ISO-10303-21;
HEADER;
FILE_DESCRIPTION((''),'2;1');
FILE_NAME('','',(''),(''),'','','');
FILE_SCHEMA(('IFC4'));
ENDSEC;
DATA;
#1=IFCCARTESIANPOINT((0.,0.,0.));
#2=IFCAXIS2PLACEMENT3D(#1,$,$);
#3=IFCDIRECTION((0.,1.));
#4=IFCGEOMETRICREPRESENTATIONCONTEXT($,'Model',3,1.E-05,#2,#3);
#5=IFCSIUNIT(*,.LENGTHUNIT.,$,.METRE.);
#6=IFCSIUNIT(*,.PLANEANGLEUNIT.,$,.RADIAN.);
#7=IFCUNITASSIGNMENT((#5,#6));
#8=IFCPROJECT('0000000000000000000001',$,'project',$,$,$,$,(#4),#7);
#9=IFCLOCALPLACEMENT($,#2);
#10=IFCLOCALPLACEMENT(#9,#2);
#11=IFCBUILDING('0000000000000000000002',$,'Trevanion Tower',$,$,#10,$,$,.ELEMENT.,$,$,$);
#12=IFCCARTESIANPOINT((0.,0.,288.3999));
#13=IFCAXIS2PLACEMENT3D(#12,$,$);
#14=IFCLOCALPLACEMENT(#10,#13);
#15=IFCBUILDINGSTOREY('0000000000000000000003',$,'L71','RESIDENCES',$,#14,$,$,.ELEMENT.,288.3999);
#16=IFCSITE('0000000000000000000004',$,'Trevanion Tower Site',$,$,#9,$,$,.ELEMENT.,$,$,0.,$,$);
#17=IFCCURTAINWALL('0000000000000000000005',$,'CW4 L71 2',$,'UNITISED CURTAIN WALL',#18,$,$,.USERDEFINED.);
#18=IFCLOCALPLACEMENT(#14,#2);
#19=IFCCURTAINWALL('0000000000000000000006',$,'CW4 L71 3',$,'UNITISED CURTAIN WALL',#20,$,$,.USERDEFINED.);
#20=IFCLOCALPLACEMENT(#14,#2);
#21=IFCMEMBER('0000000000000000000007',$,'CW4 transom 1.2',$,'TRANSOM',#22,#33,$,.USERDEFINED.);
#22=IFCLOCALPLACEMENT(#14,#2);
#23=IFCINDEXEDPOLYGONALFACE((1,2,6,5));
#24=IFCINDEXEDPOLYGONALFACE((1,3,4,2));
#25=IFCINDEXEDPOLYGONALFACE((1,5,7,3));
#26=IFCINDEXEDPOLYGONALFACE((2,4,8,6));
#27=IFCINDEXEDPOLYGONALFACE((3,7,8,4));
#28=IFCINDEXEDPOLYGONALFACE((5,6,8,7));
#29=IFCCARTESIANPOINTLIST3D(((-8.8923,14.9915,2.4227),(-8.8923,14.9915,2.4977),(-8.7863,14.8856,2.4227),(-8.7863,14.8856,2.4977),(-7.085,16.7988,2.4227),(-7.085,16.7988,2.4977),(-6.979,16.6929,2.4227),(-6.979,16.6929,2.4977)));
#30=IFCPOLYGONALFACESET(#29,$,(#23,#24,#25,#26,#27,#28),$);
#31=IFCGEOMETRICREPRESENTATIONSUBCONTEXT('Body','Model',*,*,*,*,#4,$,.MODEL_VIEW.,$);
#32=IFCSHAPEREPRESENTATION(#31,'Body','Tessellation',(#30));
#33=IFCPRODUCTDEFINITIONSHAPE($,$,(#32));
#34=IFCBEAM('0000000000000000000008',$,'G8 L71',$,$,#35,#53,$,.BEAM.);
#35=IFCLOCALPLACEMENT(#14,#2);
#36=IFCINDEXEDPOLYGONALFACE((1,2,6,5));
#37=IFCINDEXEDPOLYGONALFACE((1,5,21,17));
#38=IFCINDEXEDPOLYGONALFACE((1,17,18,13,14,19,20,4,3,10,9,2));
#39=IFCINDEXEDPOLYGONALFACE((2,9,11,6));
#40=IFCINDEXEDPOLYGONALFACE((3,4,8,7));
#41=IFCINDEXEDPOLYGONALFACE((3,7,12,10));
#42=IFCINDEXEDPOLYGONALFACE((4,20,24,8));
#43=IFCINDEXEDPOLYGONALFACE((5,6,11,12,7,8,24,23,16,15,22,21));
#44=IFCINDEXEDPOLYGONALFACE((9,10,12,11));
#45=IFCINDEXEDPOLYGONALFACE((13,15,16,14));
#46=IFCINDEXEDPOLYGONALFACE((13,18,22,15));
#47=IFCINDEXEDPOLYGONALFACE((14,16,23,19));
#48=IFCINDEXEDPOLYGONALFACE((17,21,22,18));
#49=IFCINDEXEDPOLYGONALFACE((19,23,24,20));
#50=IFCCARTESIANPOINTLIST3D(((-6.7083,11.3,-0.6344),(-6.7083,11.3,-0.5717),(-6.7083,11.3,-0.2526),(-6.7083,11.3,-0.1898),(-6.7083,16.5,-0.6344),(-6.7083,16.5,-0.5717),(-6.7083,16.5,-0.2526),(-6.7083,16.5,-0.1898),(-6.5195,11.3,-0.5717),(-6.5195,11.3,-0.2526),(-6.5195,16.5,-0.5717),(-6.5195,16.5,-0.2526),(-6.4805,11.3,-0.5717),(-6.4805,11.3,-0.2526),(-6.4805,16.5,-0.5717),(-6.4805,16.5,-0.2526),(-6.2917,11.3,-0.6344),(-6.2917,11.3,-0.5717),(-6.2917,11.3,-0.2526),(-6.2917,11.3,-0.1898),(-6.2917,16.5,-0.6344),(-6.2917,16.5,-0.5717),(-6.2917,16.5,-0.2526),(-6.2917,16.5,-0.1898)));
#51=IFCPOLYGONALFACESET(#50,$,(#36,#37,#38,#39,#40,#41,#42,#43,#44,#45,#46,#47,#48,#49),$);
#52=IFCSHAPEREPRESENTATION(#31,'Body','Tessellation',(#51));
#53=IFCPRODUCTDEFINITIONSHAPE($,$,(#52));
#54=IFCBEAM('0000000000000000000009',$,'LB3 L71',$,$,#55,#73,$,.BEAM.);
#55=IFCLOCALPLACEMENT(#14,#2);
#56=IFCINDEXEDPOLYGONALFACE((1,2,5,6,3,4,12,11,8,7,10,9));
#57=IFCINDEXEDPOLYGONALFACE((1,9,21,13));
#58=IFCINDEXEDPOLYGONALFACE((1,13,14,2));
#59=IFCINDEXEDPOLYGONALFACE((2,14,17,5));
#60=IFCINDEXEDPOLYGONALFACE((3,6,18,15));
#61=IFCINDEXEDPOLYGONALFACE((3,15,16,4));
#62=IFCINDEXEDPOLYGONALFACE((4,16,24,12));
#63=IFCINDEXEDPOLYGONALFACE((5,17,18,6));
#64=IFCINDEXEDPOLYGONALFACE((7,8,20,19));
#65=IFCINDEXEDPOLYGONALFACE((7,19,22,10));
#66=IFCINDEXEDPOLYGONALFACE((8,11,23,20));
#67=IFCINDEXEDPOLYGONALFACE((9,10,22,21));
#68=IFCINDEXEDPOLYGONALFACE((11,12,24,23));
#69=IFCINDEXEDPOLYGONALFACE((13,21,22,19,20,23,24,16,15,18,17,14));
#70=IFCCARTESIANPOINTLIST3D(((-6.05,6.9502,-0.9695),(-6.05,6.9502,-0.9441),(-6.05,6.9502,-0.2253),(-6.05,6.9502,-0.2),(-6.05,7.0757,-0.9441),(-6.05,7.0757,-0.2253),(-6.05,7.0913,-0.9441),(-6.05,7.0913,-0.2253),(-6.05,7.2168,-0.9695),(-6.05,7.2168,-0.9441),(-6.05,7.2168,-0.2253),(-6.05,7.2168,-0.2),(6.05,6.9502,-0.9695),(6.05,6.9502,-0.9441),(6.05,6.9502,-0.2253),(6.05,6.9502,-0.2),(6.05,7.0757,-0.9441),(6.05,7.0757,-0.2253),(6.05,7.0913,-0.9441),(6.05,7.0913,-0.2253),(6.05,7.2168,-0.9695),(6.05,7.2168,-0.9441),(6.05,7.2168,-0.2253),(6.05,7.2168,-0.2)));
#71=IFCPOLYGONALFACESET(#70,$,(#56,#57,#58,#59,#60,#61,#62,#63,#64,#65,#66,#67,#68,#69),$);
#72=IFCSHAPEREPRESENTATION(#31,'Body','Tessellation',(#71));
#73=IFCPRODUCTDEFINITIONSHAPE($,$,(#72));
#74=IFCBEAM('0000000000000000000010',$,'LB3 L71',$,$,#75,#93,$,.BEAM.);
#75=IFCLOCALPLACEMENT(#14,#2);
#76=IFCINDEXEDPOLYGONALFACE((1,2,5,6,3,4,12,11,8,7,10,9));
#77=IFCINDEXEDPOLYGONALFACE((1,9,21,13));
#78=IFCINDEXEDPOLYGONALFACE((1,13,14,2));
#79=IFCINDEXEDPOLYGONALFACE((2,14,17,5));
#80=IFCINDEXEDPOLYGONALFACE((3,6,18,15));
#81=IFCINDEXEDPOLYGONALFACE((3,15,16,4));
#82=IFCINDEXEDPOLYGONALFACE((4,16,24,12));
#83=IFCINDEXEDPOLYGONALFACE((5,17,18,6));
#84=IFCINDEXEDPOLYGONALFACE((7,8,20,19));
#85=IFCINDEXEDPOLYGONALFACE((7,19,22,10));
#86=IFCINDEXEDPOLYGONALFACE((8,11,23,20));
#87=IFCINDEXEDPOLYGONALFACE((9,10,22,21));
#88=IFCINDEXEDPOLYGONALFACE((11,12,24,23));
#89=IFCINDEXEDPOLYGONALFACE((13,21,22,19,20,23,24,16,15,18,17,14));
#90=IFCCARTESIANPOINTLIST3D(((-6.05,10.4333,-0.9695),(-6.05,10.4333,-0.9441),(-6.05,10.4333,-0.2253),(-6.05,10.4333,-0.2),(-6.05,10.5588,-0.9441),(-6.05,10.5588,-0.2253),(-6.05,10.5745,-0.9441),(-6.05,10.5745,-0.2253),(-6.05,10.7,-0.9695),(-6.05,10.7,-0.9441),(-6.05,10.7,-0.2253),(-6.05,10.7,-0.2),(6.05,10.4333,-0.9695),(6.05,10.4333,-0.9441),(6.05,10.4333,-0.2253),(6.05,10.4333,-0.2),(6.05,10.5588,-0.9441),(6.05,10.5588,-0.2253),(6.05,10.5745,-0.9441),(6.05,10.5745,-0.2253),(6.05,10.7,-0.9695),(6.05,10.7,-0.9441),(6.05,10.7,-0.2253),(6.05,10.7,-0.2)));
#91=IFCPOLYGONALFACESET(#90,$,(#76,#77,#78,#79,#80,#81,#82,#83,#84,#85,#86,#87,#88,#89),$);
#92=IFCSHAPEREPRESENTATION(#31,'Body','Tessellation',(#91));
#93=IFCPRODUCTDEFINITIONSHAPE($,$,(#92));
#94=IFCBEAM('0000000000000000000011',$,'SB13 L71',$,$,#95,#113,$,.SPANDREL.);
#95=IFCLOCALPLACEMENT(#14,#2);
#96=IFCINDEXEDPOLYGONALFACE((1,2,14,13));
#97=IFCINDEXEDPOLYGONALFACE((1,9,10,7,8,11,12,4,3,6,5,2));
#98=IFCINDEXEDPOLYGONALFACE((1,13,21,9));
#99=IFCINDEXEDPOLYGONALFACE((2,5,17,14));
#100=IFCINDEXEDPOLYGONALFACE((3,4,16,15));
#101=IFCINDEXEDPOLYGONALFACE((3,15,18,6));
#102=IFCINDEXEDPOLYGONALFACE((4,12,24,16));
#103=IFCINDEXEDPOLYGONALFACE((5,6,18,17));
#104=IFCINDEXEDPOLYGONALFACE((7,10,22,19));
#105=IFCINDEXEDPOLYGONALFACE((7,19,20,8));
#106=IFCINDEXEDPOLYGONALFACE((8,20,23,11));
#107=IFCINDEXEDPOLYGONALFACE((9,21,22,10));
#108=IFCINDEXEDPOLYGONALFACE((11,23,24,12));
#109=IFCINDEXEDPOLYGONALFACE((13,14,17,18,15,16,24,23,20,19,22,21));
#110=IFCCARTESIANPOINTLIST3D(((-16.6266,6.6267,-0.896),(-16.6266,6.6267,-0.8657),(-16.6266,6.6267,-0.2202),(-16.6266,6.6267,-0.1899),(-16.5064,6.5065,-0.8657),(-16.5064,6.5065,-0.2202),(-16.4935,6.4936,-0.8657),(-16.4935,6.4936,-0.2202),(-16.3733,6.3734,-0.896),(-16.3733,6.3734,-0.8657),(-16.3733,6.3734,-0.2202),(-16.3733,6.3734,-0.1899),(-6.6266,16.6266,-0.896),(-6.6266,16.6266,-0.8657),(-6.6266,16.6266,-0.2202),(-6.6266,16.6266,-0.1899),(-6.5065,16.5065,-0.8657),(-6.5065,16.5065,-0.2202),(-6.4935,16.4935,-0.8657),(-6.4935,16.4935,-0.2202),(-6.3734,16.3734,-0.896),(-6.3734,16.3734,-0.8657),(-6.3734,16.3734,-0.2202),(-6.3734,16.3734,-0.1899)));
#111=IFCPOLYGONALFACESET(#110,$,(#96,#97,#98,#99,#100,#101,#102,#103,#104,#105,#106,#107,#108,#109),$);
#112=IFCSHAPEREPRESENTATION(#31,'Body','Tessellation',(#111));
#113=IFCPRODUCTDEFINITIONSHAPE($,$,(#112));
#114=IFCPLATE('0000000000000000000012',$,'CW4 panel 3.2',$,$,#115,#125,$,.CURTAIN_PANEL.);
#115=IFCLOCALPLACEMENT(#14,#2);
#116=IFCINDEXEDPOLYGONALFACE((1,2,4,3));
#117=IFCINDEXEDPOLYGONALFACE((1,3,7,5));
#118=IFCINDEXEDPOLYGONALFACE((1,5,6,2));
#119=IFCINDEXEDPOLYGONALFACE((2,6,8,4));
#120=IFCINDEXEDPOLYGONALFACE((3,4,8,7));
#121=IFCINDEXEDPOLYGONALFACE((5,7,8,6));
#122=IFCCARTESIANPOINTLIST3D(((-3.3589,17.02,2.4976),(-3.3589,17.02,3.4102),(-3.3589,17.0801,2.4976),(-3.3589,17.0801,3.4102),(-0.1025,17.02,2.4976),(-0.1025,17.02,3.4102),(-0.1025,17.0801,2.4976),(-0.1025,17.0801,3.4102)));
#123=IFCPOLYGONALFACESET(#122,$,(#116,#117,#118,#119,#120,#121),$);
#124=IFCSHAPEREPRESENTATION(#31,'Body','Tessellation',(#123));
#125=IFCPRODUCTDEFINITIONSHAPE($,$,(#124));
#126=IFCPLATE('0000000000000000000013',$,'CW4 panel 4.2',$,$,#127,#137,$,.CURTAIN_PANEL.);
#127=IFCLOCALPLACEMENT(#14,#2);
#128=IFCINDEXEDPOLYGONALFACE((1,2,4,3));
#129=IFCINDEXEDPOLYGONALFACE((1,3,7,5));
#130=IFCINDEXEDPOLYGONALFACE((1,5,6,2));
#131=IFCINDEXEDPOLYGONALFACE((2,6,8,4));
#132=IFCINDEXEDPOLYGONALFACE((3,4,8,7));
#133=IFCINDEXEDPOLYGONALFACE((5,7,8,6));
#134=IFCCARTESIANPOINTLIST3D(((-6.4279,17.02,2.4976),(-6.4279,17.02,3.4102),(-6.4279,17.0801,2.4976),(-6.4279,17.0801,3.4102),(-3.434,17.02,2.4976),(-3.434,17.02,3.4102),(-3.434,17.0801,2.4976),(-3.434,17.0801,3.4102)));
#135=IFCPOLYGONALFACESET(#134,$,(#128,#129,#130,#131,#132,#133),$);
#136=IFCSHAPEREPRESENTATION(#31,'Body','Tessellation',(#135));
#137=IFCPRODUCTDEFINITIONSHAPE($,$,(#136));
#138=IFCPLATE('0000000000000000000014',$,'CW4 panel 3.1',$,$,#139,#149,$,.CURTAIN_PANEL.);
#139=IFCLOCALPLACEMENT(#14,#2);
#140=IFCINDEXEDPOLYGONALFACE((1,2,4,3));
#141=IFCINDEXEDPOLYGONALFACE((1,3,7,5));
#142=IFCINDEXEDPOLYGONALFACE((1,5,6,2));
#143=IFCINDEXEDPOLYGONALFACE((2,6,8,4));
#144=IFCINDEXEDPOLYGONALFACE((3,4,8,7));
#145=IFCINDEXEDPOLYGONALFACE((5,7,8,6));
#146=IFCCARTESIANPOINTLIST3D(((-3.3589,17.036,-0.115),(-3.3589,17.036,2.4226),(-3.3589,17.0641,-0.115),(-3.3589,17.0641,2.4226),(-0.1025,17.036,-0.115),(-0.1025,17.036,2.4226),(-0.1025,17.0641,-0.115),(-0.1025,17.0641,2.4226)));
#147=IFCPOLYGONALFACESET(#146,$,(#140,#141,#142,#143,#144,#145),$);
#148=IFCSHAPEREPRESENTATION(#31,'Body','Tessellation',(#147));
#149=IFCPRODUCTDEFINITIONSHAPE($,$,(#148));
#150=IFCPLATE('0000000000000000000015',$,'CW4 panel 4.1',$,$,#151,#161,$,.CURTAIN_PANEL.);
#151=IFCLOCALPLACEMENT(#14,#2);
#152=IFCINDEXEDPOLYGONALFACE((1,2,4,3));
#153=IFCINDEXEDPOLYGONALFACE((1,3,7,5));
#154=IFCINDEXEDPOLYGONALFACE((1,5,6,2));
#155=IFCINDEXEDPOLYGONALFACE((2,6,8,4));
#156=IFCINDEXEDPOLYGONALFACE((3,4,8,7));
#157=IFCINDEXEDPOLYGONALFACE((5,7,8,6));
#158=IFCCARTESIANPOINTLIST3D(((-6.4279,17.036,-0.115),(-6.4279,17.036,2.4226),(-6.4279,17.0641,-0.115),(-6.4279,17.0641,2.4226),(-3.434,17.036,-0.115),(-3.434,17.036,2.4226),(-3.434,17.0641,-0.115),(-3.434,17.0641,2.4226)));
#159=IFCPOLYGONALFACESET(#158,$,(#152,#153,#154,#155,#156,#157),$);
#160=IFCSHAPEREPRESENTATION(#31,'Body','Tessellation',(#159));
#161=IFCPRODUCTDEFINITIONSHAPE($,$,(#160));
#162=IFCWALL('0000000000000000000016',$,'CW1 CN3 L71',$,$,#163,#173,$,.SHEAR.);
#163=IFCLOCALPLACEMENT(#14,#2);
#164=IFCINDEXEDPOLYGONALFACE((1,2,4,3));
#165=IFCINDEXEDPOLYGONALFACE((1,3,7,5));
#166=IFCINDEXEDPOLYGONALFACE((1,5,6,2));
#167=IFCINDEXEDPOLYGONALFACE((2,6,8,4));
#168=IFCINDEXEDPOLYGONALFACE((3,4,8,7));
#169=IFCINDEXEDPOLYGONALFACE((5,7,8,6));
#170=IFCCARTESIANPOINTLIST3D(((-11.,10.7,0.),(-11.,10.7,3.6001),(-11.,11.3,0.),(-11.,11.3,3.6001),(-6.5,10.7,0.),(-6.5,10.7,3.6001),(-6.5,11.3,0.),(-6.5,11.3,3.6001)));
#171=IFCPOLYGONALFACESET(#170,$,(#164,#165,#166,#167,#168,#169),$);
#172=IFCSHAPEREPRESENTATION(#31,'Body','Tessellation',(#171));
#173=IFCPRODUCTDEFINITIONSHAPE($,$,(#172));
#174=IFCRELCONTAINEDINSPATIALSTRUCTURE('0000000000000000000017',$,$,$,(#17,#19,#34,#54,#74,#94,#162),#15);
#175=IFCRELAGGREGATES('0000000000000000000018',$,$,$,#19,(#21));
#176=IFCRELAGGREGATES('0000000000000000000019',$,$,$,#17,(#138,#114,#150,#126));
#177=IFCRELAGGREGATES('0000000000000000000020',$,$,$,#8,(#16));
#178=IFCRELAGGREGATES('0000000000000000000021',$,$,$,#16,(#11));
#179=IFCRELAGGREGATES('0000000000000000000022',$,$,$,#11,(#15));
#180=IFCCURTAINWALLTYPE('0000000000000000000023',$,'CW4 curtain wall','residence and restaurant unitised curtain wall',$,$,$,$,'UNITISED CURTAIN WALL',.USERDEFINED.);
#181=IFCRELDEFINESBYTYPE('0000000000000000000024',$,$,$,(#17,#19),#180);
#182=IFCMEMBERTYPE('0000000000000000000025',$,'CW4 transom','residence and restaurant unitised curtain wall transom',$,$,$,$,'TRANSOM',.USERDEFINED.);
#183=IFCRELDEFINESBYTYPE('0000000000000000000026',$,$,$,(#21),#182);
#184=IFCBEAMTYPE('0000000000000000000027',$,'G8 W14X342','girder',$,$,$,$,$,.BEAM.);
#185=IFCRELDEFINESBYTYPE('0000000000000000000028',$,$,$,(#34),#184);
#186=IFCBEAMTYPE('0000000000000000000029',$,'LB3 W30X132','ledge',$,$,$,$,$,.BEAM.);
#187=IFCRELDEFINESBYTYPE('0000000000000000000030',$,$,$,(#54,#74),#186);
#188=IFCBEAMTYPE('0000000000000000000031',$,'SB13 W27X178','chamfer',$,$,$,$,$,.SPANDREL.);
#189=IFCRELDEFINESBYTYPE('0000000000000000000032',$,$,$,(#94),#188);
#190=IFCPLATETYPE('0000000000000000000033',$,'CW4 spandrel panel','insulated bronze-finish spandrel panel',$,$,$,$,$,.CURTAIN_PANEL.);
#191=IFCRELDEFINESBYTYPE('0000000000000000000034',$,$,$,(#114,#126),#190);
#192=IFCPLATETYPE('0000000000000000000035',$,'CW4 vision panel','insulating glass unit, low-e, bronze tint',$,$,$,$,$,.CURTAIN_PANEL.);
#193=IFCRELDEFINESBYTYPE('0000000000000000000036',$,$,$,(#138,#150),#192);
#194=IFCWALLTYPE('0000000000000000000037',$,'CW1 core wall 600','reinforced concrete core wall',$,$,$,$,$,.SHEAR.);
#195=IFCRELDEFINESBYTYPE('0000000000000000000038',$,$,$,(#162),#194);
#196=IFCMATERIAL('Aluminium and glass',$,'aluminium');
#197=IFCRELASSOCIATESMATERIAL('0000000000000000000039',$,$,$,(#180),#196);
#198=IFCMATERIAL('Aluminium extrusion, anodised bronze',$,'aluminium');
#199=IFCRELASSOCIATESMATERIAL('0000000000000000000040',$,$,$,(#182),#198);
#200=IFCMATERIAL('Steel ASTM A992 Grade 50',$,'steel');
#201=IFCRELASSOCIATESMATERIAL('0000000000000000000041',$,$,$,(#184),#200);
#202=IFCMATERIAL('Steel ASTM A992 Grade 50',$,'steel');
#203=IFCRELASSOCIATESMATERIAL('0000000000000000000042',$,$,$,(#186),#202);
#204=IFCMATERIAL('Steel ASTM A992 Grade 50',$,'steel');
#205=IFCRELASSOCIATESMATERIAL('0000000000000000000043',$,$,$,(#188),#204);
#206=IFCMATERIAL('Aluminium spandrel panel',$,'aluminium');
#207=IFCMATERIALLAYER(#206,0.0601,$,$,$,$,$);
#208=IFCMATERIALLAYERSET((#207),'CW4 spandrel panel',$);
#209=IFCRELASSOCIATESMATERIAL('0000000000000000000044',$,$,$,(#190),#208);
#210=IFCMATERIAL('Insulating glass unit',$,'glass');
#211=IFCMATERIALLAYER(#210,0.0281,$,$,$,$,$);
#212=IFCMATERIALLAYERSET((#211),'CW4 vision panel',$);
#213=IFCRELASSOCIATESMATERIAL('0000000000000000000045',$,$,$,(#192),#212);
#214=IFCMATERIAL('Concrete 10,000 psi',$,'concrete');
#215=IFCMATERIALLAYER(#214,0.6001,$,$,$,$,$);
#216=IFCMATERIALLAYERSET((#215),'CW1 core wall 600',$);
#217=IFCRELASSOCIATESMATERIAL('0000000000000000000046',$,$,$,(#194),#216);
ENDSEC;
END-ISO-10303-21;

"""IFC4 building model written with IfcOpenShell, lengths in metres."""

from ifc_helpers import new_model, si_unit, direction, frame, frame_2d, origin, origin_2d, place, context, subcontext, project, spatial, rectangle, i_section, extrude, material, layer, layer_set, material_profile, profile_set, type_object, element, aggregate, save


model = new_model("IFC4")

# Units and contexts
model_context = context("Model", 3, precision=1e-05, world=origin(), true_north=direction((0.0, 1.0)))
body_context = subcontext(model_context, "Body", "Model", "MODEL_VIEW")
ifc_project = project(units=[si_unit("LENGTHUNIT", "METRE"), si_unit("PLANEANGLEUNIT", "RADIAN")], contexts=[model_context])

# Site, building, storey
site_placement = place(None, origin())
site = spatial("IfcSite", under=ifc_project, at=site_placement, Name="Trevanion Tower Site", CompositionType="ELEMENT", RefElevation=0.0)
building_placement = place(site_placement, origin())
building = spatial("IfcBuilding", under=site, at=building_placement, Name="Trevanion Tower", CompositionType="ELEMENT")
storey_placement = place(building_placement, frame((0.0, 0.0, 288.3999)))
storey = spatial("IfcBuildingStorey", under=building, at=storey_placement, Name="L71", Description="RESIDENCES", CompositionType="ELEMENT", Elevation=288.3999)

# Curtain wall
ifc_material_1 = material(Name="Aluminium and glass", Category="aluminium")
curtain_wall_type = type_object("IfcCurtainWallType", Name="CW4 curtain wall", Description="residence and restaurant unitised curtain wall", ElementType="UNITISED CURTAIN WALL", PredefinedType="USERDEFINED", material=ifc_material_1)
curtain_wall_1_placement = place(storey_placement, origin())
curtain_wall_1 = element("IfcCurtainWall", 1, at=curtain_wall_1_placement, inside=storey, type_object=curtain_wall_type, Name="CW4 L71 2", ObjectType="UNITISED CURTAIN WALL", PredefinedType="USERDEFINED")

# Curtain wall
curtain_wall_2_placement = place(storey_placement, origin())
curtain_wall_2 = element("IfcCurtainWall", 2, at=curtain_wall_2_placement, inside=storey, type_object=curtain_wall_type, Name="CW4 L71 3", ObjectType="UNITISED CURTAIN WALL", PredefinedType="USERDEFINED")

# Member
ifc_material_2 = material(Name="Aluminium extrusion, anodised bronze", Category="aluminium")
ifc_material_profile_1 = material_profile(ifc_material_2, rectangle(XDim=0.1499, YDim=0.075, at=origin_2d()), Name="CW4 transom")
ifc_profile_set_1 = profile_set([ifc_material_profile_1], Name="Aluminium extrusion, anodised bronze")
member_type_1 = type_object("IfcMemberType", Name="CW4 transom", Description="residence and restaurant unitised curtain wall transom", ElementType="TRANSOM", PredefinedType="USERDEFINED", material=ifc_profile_set_1)
member_1_placement = place(storey_placement, frame((-7.032, 16.7458, 2.4602), z_axis=(-0.707107, -0.707107, 0.0), x_axis=(0.707107, -0.707107, 0.0)))
member_1 = element("IfcMember", 3, at=member_1_placement, type_object=member_type_1, Name="CW4 transom 1.2", ObjectType="TRANSOM", PredefinedType="USERDEFINED", context=body_context, shape_type="SweptSolid", body=[
    extrude(rectangle(XDim=0.1499, YDim=0.075, at=origin_2d()), origin(), (0.0, 0.0, 1.0), 2.5559),
])
aggregate(curtain_wall_2, [member_1])

# Beams
ifc_material_3 = material(Name="Steel ASTM A992 Grade 50", Category="steel")
ifc_material_profile_2 = material_profile(ifc_material_3, i_section(OverallWidth=0.4165, OverallDepth=0.4446, WebThickness=0.0391, FlangeThickness=0.0627, at=origin_2d()), Name="W14X342")
ifc_profile_set_2 = profile_set([ifc_material_profile_2], Name="Steel ASTM A992 Grade 50")
beam_type_1 = type_object("IfcBeamType", Name="G8 W14X342", Description="girder", PredefinedType="BEAM", material=ifc_profile_set_2)
beam_1_placement = place(storey_placement, frame((-6.5, 11.3, -0.4121), z_axis=(0.0, 1.0, 0.0), x_axis=(-1.0, 0.0, 0.0)))
element("IfcBeam", 4, at=beam_1_placement, inside=storey, type_object=beam_type_1, Name="G8 L71", PredefinedType="BEAM", context=body_context, shape_type="SweptSolid", body=[
    extrude(i_section(OverallWidth=0.4165, OverallDepth=0.4446, WebThickness=0.0391, FlangeThickness=0.0627, at=origin_2d()), origin(), (0.0, 0.0, 1.0), 5.2),
])
ifc_material_4 = material(Name="Steel ASTM A992 Grade 50", Category="steel")
ifc_material_profile_3 = material_profile(ifc_material_4, i_section(OverallWidth=0.2666, OverallDepth=0.7695, WebThickness=0.0156, FlangeThickness=0.0254, at=origin_2d()), Name="W30X132")
ifc_profile_set_3 = profile_set([ifc_material_profile_3], Name="Steel ASTM A992 Grade 50")
beam_type_2 = type_object("IfcBeamType", Name="LB3 W30X132", Description="ledge", PredefinedType="BEAM", material=ifc_profile_set_3)
for number, where, z_axis, x_axis, name in (
    (5, (-6.05, 7.0835, -0.5847), (1.0, 0.0, 0.0), (0.0, 1.0, 0.0), "LB3 L71"),
    (6, (-6.05, 10.5667, -0.5847), (1.0, 0.0, 0.0), (0.0, 1.0, 0.0), "LB3 L71"),
):
    element("IfcBeam", number, at=place(storey_placement, frame(where, z_axis=z_axis, x_axis=x_axis)), inside=storey, type_object=beam_type_2, Name=name, PredefinedType="BEAM", context=body_context, shape_type="SweptSolid", body=[
        extrude(i_section(OverallWidth=0.2666, OverallDepth=0.7695, WebThickness=0.0156, FlangeThickness=0.0254, at=origin_2d()), origin(), (0.0, 0.0, 1.0), 12.1001),
    ])
ifc_material_5 = material(Name="Steel ASTM A992 Grade 50", Category="steel")
ifc_material_profile_4 = material_profile(ifc_material_5, i_section(OverallWidth=0.3582, OverallDepth=0.7061, WebThickness=0.0183, FlangeThickness=0.0303, at=origin_2d()), Name="W27X178")
ifc_profile_set_4 = profile_set([ifc_material_profile_4], Name="Steel ASTM A992 Grade 50")
beam_type_3 = type_object("IfcBeamType", Name="SB13 W27X178", Description="chamfer", PredefinedType="SPANDREL", material=ifc_profile_set_4)
beam_2_placement = place(storey_placement, frame((-6.5, 16.5, -0.543), z_axis=(-0.707107, -0.707107, 0.0), x_axis=(0.707107, -0.707107, 0.0)))
element("IfcBeam", 7, at=beam_2_placement, inside=storey, type_object=beam_type_3, Name="SB13 L71", PredefinedType="SPANDREL", context=body_context, shape_type="SweptSolid", body=[
    extrude(i_section(OverallWidth=0.3582, OverallDepth=0.7061, WebThickness=0.0183, FlangeThickness=0.0303, at=origin_2d()), origin(), (0.0, 0.0, 1.0), 14.1421),
])

# Plates
ifc_material_6 = material(Name="Aluminium spandrel panel", Category="aluminium")
ifc_layer_1 = layer(ifc_material_6, 0.0601)
ifc_layer_set_1 = layer_set([ifc_layer_1], Name="CW4 spandrel panel")
plate_type_1 = type_object("IfcPlateType", Name="CW4 spandrel panel", Description="insulated bronze-finish spandrel panel", PredefinedType="CURTAIN_PANEL", material=ifc_layer_set_1)
plate_1_placement = place(storey_placement, frame((-1.7307, 17.05, 2.4976), z_axis=(0.0, 0.0, 1.0), x_axis=(-1.0, 0.0, 0.0)))
plate_1 = element("IfcPlate", 8, at=plate_1_placement, type_object=plate_type_1, Name="CW4 panel 3.2", PredefinedType="CURTAIN_PANEL", context=body_context, shape_type="SweptSolid", body=[
    extrude(rectangle(XDim=3.2563, YDim=0.0601, at=origin_2d()), origin(), (0.0, 0.0, 1.0), 0.9126),
])
plate_2_placement = place(storey_placement, frame((-4.9309, 17.05, 2.4976), z_axis=(0.0, 0.0, 1.0), x_axis=(-1.0, 0.0, 0.0)))
plate_2 = element("IfcPlate", 9, at=plate_2_placement, type_object=plate_type_1, Name="CW4 panel 4.2", PredefinedType="CURTAIN_PANEL", context=body_context, shape_type="SweptSolid", body=[
    extrude(rectangle(XDim=2.9939, YDim=0.0601, at=origin_2d()), origin(), (0.0, 0.0, 1.0), 0.9126),
])
ifc_material_7 = material(Name="Insulating glass unit", Category="glass")
ifc_layer_2 = layer(ifc_material_7, 0.0281)
ifc_layer_set_2 = layer_set([ifc_layer_2], Name="CW4 vision panel")
plate_type_2 = type_object("IfcPlateType", Name="CW4 vision panel", Description="insulating glass unit, low-e, bronze tint", PredefinedType="CURTAIN_PANEL", material=ifc_layer_set_2)
plate_3_placement = place(storey_placement, frame((-1.7307, 17.05, -0.115), z_axis=(0.0, 0.0, 1.0), x_axis=(-1.0, 0.0, 0.0)))
plate_3 = element("IfcPlate", 10, at=plate_3_placement, type_object=plate_type_2, Name="CW4 panel 3.1", PredefinedType="CURTAIN_PANEL", context=body_context, shape_type="SweptSolid", body=[
    extrude(rectangle(XDim=3.2563, YDim=0.0281, at=origin_2d()), origin(), (0.0, 0.0, 1.0), 2.5376),
])
plate_4_placement = place(storey_placement, frame((-4.9309, 17.05, -0.115), z_axis=(0.0, 0.0, 1.0), x_axis=(-1.0, 0.0, 0.0)))
plate_4 = element("IfcPlate", 11, at=plate_4_placement, type_object=plate_type_2, Name="CW4 panel 4.1", PredefinedType="CURTAIN_PANEL", context=body_context, shape_type="SweptSolid", body=[
    extrude(rectangle(XDim=2.9939, YDim=0.0281, at=origin_2d()), origin(), (0.0, 0.0, 1.0), 2.5376),
])
aggregate(curtain_wall_1, [plate_3, plate_1, plate_4, plate_2])

# Wall
ifc_material_8 = material(Name="Concrete 10,000 psi", Category="concrete")
ifc_layer_3 = layer(ifc_material_8, 0.6001)
ifc_layer_set_3 = layer_set([ifc_layer_3], Name="CW1 core wall 600")
wall_type_1 = type_object("IfcWallType", Name="CW1 core wall 600", Description="reinforced concrete core wall", PredefinedType="SHEAR", material=ifc_layer_set_3)
wall_1_placement = place(storey_placement, frame((-6.5, 11.0, 0.0), z_axis=(0.0, 0.0, 1.0), x_axis=(-1.0, 0.0, 0.0)))
element("IfcWall", 12, at=wall_1_placement, inside=storey, type_object=wall_type_1, Name="CW1 CN3 L71", PredefinedType="SHEAR", context=body_context, shape_type="SweptSolid", body=[
    extrude(rectangle(XDim=4.5, YDim=0.6001, at=frame_2d((2.25, 0.0))), origin(), (0.0, 0.0, 1.0), 3.6001),
])

save(model, "model.ifc")
